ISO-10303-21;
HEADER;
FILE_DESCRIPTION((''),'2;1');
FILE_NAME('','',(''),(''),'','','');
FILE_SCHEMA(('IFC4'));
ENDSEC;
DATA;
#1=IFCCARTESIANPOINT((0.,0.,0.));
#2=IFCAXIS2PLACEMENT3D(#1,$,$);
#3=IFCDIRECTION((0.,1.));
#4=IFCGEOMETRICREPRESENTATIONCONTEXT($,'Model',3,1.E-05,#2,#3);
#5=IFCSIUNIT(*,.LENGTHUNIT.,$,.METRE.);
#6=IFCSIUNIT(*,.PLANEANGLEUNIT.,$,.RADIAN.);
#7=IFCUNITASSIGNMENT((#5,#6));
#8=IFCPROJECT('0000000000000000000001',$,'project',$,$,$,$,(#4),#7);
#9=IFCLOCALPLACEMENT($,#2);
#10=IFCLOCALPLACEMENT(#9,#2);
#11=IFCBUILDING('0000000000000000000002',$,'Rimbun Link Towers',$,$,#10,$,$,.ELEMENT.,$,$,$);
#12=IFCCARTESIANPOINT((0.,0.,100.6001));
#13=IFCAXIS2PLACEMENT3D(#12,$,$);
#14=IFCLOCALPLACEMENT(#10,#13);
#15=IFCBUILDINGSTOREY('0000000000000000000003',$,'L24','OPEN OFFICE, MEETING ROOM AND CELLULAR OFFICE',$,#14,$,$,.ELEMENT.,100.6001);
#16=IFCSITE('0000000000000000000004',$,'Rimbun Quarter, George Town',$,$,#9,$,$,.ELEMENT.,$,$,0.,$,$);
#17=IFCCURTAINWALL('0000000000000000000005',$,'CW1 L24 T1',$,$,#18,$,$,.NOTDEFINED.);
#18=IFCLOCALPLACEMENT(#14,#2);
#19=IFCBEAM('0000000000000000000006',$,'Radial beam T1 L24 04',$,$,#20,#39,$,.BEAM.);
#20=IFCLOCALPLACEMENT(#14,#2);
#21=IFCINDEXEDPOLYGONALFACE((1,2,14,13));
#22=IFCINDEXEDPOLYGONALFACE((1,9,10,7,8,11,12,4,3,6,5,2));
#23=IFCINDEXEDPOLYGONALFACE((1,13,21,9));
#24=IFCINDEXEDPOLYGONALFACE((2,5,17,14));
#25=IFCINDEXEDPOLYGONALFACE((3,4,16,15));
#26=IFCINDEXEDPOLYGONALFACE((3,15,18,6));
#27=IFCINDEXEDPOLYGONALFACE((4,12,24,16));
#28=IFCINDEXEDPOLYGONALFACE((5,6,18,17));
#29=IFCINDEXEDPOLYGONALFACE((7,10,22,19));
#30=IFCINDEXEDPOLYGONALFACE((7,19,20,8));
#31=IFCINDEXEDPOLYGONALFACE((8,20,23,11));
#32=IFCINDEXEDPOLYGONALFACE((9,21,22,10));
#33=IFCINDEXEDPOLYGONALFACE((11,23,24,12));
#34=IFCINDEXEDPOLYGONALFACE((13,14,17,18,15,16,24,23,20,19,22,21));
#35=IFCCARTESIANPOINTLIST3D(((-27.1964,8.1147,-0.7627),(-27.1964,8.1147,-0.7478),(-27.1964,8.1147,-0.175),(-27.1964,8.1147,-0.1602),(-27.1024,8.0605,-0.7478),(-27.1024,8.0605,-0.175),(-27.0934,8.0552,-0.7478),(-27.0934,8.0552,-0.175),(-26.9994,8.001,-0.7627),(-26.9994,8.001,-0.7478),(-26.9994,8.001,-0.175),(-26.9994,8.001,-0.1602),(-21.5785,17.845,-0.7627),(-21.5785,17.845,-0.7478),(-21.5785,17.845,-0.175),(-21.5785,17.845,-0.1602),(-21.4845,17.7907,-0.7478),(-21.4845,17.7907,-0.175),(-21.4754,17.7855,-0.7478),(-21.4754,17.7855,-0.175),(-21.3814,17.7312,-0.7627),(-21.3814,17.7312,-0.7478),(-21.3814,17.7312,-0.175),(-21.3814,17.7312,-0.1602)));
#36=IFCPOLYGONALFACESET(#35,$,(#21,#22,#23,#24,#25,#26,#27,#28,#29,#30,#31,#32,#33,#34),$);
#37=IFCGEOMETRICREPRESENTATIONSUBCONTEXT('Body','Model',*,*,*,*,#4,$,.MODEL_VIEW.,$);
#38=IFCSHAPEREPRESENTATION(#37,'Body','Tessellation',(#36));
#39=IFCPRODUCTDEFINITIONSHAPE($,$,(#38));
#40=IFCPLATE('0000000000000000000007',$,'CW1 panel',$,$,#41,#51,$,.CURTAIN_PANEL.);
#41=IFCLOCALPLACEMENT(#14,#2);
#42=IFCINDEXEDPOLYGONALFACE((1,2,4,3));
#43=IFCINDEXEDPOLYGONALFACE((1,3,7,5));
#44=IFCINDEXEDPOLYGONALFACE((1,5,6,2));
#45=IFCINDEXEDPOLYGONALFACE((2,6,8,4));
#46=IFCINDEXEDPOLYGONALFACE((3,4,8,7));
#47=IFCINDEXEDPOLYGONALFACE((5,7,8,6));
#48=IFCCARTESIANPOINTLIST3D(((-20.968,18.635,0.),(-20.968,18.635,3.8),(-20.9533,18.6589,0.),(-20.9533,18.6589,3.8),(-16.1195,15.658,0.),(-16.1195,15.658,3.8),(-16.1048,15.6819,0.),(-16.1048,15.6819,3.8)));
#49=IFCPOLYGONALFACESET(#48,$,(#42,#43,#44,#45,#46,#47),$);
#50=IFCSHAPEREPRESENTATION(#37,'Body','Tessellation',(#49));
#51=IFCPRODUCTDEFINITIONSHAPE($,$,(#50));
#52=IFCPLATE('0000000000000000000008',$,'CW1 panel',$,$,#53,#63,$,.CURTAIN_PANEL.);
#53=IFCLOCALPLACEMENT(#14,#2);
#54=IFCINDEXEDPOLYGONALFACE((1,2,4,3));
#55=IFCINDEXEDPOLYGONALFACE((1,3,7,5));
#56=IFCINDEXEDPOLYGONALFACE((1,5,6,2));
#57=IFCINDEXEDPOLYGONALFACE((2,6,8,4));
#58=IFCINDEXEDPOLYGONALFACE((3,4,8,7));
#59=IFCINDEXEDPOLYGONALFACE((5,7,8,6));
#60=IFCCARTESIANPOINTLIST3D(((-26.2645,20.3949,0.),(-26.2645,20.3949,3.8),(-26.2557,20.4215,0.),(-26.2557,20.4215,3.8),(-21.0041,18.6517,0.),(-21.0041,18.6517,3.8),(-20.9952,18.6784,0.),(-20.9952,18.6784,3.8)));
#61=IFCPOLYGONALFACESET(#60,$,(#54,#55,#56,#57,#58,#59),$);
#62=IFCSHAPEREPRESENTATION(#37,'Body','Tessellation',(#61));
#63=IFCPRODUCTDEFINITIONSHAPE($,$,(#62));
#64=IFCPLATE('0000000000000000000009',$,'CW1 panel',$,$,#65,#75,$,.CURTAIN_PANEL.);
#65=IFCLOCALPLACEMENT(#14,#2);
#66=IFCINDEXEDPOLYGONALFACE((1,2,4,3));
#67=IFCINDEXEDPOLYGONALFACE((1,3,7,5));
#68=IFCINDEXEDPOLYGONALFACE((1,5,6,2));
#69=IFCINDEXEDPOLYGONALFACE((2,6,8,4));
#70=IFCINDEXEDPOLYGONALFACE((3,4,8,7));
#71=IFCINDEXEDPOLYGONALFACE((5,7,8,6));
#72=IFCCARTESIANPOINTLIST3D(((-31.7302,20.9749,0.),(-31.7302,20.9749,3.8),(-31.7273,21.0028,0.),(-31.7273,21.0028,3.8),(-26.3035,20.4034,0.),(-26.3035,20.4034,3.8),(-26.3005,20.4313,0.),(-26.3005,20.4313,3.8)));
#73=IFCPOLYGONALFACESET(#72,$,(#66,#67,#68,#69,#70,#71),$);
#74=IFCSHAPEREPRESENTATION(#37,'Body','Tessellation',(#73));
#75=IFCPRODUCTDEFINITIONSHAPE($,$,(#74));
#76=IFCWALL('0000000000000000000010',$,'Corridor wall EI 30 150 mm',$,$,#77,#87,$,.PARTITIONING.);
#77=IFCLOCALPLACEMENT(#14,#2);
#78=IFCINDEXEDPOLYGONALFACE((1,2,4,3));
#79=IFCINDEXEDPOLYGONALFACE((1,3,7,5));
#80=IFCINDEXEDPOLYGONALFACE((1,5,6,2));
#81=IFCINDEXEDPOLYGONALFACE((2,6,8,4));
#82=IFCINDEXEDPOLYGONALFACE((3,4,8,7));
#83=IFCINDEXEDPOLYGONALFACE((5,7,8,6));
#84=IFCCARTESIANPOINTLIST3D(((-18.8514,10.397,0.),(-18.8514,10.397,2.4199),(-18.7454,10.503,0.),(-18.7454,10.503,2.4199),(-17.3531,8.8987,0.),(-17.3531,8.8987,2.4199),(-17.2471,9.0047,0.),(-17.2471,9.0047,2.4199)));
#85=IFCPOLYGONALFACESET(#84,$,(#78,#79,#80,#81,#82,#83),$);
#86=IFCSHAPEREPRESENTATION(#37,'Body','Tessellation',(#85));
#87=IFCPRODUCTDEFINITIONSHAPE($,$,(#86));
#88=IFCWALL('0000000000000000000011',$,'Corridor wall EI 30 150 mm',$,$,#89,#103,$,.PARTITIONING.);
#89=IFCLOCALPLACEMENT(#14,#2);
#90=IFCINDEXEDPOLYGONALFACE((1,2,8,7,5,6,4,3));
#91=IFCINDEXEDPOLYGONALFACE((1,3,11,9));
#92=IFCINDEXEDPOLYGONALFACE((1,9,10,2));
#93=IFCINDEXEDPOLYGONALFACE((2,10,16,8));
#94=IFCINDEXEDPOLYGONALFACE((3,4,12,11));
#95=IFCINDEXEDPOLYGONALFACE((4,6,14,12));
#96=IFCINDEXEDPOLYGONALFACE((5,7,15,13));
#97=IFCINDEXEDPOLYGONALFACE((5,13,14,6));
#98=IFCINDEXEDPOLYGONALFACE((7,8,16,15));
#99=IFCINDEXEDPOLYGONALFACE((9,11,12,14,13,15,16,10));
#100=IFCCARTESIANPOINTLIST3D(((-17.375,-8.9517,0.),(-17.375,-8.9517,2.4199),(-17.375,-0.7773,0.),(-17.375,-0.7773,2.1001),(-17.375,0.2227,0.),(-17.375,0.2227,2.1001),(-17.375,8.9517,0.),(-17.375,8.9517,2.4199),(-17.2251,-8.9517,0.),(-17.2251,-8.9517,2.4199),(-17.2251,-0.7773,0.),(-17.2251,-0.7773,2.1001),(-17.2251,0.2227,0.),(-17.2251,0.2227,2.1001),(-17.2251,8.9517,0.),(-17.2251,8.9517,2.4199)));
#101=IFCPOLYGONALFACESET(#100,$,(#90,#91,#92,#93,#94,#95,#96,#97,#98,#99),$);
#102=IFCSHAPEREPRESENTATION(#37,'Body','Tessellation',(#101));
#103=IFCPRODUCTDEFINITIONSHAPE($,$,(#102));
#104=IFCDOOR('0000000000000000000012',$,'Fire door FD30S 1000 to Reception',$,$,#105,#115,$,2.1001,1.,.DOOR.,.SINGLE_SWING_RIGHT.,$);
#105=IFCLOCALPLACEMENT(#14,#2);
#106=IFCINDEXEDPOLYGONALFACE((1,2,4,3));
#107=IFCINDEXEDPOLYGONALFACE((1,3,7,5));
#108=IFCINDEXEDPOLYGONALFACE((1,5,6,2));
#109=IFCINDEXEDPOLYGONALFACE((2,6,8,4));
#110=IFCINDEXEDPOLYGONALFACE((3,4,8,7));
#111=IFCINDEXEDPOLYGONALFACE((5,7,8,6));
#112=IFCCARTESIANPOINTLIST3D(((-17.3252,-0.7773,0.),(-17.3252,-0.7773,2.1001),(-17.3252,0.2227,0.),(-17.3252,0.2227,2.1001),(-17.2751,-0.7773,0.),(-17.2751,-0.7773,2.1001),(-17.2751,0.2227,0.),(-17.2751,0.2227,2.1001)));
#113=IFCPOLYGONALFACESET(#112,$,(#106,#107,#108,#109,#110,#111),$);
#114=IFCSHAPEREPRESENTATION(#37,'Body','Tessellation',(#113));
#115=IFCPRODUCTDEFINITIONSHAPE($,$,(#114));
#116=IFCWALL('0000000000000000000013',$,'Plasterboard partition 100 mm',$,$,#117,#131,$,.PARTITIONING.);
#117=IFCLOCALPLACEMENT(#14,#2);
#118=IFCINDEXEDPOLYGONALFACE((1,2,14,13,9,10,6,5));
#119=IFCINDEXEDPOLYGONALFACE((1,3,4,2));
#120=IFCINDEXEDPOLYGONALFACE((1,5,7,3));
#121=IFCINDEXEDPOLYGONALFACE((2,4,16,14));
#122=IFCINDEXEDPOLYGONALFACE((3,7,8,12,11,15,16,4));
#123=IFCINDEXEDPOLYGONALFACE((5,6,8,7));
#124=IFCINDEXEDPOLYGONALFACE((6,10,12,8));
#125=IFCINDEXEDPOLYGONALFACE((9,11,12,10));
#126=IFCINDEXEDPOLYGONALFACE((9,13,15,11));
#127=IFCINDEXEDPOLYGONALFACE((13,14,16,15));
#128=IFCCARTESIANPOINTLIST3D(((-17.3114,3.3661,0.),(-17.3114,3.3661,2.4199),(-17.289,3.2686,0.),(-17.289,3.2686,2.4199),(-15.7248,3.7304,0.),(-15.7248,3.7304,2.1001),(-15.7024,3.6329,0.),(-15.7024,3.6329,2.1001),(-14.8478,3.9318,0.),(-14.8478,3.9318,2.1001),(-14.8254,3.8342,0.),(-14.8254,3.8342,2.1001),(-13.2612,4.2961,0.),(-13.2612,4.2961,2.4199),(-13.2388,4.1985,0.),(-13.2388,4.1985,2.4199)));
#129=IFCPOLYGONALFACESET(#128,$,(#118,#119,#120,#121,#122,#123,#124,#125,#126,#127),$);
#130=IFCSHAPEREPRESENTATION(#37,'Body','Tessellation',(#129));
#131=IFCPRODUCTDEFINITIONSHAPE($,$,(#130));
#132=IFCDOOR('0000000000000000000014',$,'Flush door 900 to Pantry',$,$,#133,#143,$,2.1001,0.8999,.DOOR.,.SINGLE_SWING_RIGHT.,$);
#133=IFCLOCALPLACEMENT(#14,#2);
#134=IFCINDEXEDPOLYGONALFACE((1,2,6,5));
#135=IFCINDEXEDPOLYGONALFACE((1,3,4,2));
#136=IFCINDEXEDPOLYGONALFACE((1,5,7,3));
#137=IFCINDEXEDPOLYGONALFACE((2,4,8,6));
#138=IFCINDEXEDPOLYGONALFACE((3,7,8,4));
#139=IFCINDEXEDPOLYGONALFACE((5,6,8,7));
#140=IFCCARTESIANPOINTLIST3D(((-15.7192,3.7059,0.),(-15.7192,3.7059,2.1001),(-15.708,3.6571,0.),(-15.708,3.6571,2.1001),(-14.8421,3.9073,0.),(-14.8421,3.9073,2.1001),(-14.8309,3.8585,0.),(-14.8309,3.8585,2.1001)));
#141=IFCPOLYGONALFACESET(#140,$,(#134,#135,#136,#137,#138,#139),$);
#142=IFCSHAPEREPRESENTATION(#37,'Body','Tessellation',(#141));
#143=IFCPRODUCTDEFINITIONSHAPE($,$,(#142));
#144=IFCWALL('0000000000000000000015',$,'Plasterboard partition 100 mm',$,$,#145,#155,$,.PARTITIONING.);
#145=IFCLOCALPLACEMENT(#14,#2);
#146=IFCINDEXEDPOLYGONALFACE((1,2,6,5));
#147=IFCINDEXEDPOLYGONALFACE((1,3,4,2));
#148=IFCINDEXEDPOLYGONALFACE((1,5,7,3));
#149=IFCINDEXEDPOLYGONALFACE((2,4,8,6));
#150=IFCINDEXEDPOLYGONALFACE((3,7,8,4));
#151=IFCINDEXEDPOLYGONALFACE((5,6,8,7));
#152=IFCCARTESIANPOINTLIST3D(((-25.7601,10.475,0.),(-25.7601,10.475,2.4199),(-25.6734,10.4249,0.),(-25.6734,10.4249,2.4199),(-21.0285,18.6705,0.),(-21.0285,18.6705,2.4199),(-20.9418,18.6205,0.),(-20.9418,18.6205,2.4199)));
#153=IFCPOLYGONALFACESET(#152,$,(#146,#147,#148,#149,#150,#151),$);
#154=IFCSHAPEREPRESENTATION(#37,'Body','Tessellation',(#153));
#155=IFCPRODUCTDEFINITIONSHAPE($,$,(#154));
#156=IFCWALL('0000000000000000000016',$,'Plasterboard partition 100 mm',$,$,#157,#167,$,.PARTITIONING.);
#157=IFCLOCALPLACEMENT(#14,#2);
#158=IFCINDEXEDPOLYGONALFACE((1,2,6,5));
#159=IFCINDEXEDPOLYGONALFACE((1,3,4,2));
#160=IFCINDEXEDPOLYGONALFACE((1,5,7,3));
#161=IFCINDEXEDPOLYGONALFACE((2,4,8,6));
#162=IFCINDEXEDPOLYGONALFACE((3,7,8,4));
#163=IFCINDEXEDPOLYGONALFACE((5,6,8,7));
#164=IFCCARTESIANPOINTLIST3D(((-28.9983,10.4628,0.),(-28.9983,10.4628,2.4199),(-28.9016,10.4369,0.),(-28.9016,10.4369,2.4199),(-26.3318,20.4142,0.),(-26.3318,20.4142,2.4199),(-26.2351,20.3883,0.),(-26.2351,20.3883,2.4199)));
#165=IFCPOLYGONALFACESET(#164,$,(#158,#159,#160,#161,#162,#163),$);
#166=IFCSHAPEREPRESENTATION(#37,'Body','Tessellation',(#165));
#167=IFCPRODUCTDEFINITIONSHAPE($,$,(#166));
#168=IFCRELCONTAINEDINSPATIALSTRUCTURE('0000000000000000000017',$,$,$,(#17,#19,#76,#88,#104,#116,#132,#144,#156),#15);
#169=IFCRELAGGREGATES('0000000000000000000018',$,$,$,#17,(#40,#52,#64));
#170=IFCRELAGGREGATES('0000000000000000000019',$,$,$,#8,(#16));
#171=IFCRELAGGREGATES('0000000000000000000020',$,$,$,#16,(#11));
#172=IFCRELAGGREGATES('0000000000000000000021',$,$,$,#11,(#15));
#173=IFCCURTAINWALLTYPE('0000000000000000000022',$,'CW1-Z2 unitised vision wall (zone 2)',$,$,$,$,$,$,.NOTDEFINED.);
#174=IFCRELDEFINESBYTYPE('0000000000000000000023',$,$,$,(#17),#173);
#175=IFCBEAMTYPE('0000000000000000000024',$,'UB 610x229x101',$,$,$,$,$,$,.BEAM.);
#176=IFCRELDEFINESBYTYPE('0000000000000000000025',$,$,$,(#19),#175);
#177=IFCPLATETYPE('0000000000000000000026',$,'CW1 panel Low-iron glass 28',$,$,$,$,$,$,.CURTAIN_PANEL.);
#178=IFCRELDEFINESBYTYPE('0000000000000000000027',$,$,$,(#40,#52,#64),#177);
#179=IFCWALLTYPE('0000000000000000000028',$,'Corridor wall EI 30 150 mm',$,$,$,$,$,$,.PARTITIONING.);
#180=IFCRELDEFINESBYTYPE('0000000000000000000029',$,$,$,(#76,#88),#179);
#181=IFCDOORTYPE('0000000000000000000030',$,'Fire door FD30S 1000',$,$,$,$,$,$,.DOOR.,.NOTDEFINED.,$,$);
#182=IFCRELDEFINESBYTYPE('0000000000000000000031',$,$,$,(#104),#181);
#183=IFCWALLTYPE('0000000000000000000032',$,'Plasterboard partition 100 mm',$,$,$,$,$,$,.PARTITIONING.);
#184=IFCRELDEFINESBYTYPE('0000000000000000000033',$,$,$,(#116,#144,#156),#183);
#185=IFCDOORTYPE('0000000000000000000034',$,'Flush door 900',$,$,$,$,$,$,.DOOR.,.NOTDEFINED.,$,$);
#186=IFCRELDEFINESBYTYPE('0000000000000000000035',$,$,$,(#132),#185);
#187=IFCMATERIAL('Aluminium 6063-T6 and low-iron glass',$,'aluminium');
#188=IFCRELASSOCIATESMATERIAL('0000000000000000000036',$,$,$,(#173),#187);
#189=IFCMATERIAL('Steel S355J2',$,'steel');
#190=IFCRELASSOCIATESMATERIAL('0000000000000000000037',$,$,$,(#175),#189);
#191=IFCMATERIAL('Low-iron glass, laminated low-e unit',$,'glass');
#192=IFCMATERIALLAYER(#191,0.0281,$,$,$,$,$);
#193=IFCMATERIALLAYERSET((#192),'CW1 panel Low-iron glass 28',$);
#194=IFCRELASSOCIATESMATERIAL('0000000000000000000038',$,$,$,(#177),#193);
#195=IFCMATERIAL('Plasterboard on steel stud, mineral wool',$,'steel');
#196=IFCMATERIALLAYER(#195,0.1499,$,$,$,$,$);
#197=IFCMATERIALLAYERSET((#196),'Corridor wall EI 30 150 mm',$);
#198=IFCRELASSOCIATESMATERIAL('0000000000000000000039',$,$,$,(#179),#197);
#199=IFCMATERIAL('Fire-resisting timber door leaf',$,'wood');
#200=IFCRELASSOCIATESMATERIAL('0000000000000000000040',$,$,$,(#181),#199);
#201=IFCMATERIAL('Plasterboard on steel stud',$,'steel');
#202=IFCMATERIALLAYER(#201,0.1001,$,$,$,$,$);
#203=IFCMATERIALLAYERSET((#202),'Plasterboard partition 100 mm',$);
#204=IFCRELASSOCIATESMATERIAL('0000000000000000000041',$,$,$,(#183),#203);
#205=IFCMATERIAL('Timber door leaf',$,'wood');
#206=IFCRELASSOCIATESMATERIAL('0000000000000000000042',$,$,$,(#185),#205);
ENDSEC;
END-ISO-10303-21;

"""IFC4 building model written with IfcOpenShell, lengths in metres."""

from ifc_helpers import new_model, si_unit, direction, frame, frame_2d, origin, origin_2d, place, context, subcontext, project, spatial, rectangle, i_section, extrude, material, layer, layer_set, material_profile, profile_set, type_object, element, fill, aggregate, save


model = new_model("IFC4")

# Units and contexts
model_context = context("Model", 3, precision=1e-05, world=origin(), true_north=direction((0.0, 1.0)))
body_context = subcontext(model_context, "Body", "Model", "MODEL_VIEW")
ifc_project = project(units=[si_unit("LENGTHUNIT", "METRE"), si_unit("PLANEANGLEUNIT", "RADIAN")], contexts=[model_context])

# Site, building, storey
site_placement = place(None, origin())
site = spatial("IfcSite", under=ifc_project, at=site_placement, Name="Rimbun Quarter, George Town", CompositionType="ELEMENT", RefElevation=0.0)
building_placement = place(site_placement, origin())
building = spatial("IfcBuilding", under=site, at=building_placement, Name="Rimbun Link Towers", CompositionType="ELEMENT")
storey_placement = place(building_placement, frame((0.0, 0.0, 100.6001)))
storey = spatial("IfcBuildingStorey", under=building, at=storey_placement, Name="L24", Description="OPEN OFFICE, MEETING ROOM AND CELLULAR OFFICE", CompositionType="ELEMENT", Elevation=100.6001)

# Curtain wall
ifc_material_1 = material(Name="Aluminium 6063-T6 and low-iron glass", Category="aluminium")
curtain_wall_type = type_object("IfcCurtainWallType", Name="CW1-Z2 unitised vision wall (zone 2)", PredefinedType="NOTDEFINED", material=ifc_material_1)
curtain_wall_placement = place(storey_placement, origin())
curtain_wall = element("IfcCurtainWall", 1, at=curtain_wall_placement, inside=storey, type_object=curtain_wall_type, Name="CW1 L24 T1", PredefinedType="NOTDEFINED")

# Beam
ifc_material_2 = material(Name="Steel S355J2", Category="steel")
ifc_material_profile_1 = material_profile(ifc_material_2, i_section(OverallWidth=0.2275, OverallDepth=0.6025, WebThickness=0.0105, FlangeThickness=0.0149, at=origin_2d()), Name="UB 610x229x101")
ifc_profile_set_1 = profile_set([ifc_material_profile_1], Name="Steel S355J2")
beam_type_1 = type_object("IfcBeamType", Name="UB 610x229x101", PredefinedType="BEAM", material=ifc_profile_set_1)
beam_1_placement = place(storey_placement, frame((-27.0979, 8.0579, -0.4614), z_axis=(0.500011, 0.866019, 0.0), x_axis=(-0.866019, 0.500011, 0.0)))
element("IfcBeam", 2, at=beam_1_placement, inside=storey, type_object=beam_type_1, Name="Radial beam T1 L24 04", PredefinedType="BEAM", context=body_context, shape_type="SweptSolid", body=[
    extrude(i_section(OverallWidth=0.2275, OverallDepth=0.6025, WebThickness=0.0105, FlangeThickness=0.0149, at=origin_2d()), origin(), (0.0, 0.0, 1.0), 11.2356),
])

# Plates
ifc_material_3 = material(Name="Low-iron glass, laminated low-e unit", Category="glass")
ifc_layer_1 = layer(ifc_material_3, 0.0281)
ifc_layer_set_1 = layer_set([ifc_layer_1], Name="CW1 panel Low-iron glass 28")
plate_type = type_object("IfcPlateType", Name="CW1 panel Low-iron glass 28", PredefinedType="CURTAIN_PANEL", material=ifc_layer_set_1)
plate_1_placement = place(storey_placement, frame((-18.5364, 17.1584, 0.0), z_axis=(0.0, 0.0, 1.0), x_axis=(0.852186, -0.523239, 0.0)))
plate_1 = element("IfcPlate", 3, at=plate_1_placement, type_object=plate_type, Name="CW1 panel", PredefinedType="CURTAIN_PANEL", context=body_context, shape_type="SweptSolid", body=[
    extrude(rectangle(XDim=5.6895, YDim=0.0281, at=origin_2d()), origin(), (0.0, 0.0, 1.0), 3.8),
])
plate_2_placement = place(storey_placement, frame((-23.6299, 19.5366, 0.0), z_axis=(0.0, 0.0, 1.0), x_axis=(0.949239, -0.314556, 0.0)))
plate_2 = element("IfcPlate", 4, at=plate_2_placement, type_object=plate_type, Name="CW1 panel", PredefinedType="CURTAIN_PANEL", context=body_context, shape_type="SweptSolid", body=[
    extrude(rectangle(XDim=5.5417, YDim=0.0281, at=origin_2d()), origin(), (0.0, 0.0, 1.0), 3.8),
])
plate_3_placement = place(storey_placement, frame((-29.0154, 20.7031, 0.0), z_axis=(0.0, 0.0, 1.0), x_axis=(0.9945, -0.104735, 0.0)))
plate_3 = element("IfcPlate", 5, at=plate_3_placement, type_object=plate_type, Name="CW1 panel", PredefinedType="CURTAIN_PANEL", context=body_context, shape_type="SweptSolid", body=[
    extrude(rectangle(XDim=5.4568, YDim=0.0281, at=origin_2d()), origin(), (0.0, 0.0, 1.0), 3.8),
])
aggregate(curtain_wall, [plate_1, plate_2, plate_3])

# Wall
ifc_material_4 = material(Name="Plasterboard on steel stud, mineral wool", Category="steel")
ifc_layer_2 = layer(ifc_material_4, 0.1499)
ifc_layer_set_2 = layer_set([ifc_layer_2], Name="Corridor wall EI 30 150 mm")
wall_type_1 = type_object("IfcWallType", Name="Corridor wall EI 30 150 mm", PredefinedType="PARTITIONING", material=ifc_layer_set_2)
wall_1_placement = place(storey_placement, frame((-17.3, 8.9517, 0.0), z_axis=(0.0, 0.0, 1.0), x_axis=(-0.707107, 0.707107, 0.0)))
element("IfcWall", 6, at=wall_1_placement, inside=storey, type_object=wall_type_1, Name="Corridor wall EI 30 150 mm", PredefinedType="PARTITIONING", context=body_context, shape_type="SweptSolid", body=[
    extrude(rectangle(XDim=2.1189, YDim=0.1499, at=frame_2d((1.0596, 0.0))), origin(), (0.0, 0.0, 1.0), 2.4199),
])

# Walls, openings, doors
wall_2_placement = place(storey_placement, frame((-17.3, 8.9517, 0.0), z_axis=(0.0, 0.0, 1.0), x_axis=(0.0, -1.0, 0.0)))
wall_2 = element("IfcWall", 7, at=wall_2_placement, inside=storey, type_object=wall_type_1, Name="Corridor wall EI 30 150 mm", PredefinedType="PARTITIONING", context=body_context, shape_type="SweptSolid", body=[
    extrude(rectangle(XDim=17.9033, YDim=0.1499, at=frame_2d((8.9517, 0.0))), origin(), (0.0, 0.0, 1.0), 2.4199),
])
opening_1_placement = place(wall_2_placement, frame((8.729, 0.0, 0.0)))
opening_1 = element("IfcOpeningElement", 8, at=opening_1_placement, cuts=wall_2, PredefinedType="OPENING", context=body_context, shape_type="SweptSolid", body=[
    extrude(rectangle(XDim=1.0, YDim=2.1001, at=frame_2d((0.5, 1.05))), frame((0.0, 0.085, 0.0), z_axis=(0.0, -1.0, 0.0), x_axis=(1.0, 0.0, 0.0)), (0.0, 0.0, 1.0), 0.1699),
])
ifc_material_5 = material(Name="Fire-resisting timber door leaf", Category="wood")
door_type_1 = type_object("IfcDoorType", Name="Fire door FD30S 1000", OperationType="NOTDEFINED", PredefinedType="DOOR", material=ifc_material_5)
door_1_placement = place(opening_1_placement, origin())
door_1 = element("IfcDoor", 9, at=door_1_placement, inside=storey, type_object=door_type_1, Name="Fire door FD30S 1000 to Reception", OperationType="SINGLE_SWING_RIGHT", OverallHeight=2.1001, OverallWidth=1.0, PredefinedType="DOOR", context=body_context, shape_type="SweptSolid", body=[
    extrude(rectangle(XDim=1.0, YDim=2.1001, at=frame_2d((0.5, 1.05))), frame((0.0, 0.0249, 0.0), z_axis=(0.0, -1.0, 0.0), x_axis=(1.0, 0.0, 0.0)), (0.0, 0.0, 1.0), 0.05),
])
fill(opening_1, door_1)
ifc_material_6 = material(Name="Plasterboard on steel stud", Category="steel")
ifc_layer_3 = layer(ifc_material_6, 0.1001)
ifc_layer_set_3 = layer_set([ifc_layer_3], Name="Plasterboard partition 100 mm")
wall_type_2 = type_object("IfcWallType", Name="Plasterboard partition 100 mm", PredefinedType="PARTITIONING", material=ifc_layer_set_3)
wall_3_placement = place(storey_placement, frame((-17.3, 3.3174, 0.0), z_axis=(0.0, 0.0, 1.0), x_axis=(0.974638, 0.223787, 0.0)))
wall_3 = element("IfcWall", 10, at=wall_3_placement, inside=storey, type_object=wall_type_2, Name="Plasterboard partition 100 mm", PredefinedType="PARTITIONING", context=body_context, shape_type="SweptSolid", body=[
    extrude(rectangle(XDim=4.1555, YDim=0.1001, at=frame_2d((2.0776, 0.0))), origin(), (0.0, 0.0, 1.0), 2.4199),
])
opening_2_placement = place(wall_3_placement, frame((1.6277, 0.0, 0.0)))
opening_2 = element("IfcOpeningElement", 11, at=opening_2_placement, cuts=wall_3, PredefinedType="OPENING", context=body_context, shape_type="SweptSolid", body=[
    extrude(rectangle(XDim=0.8999, YDim=2.1001, at=frame_2d((0.45, 1.05))), frame((0.0, 0.0601, 0.0), z_axis=(0.0, -1.0, 0.0), x_axis=(1.0, 0.0, 0.0)), (0.0, 0.0, 1.0), 0.1201),
])
ifc_material_7 = material(Name="Timber door leaf", Category="wood")
door_type_2 = type_object("IfcDoorType", Name="Flush door 900", OperationType="NOTDEFINED", PredefinedType="DOOR", material=ifc_material_7)
door_2_placement = place(opening_2_placement, origin())
door_2 = element("IfcDoor", 12, at=door_2_placement, inside=storey, type_object=door_type_2, Name="Flush door 900 to Pantry", OperationType="SINGLE_SWING_RIGHT", OverallHeight=2.1001, OverallWidth=0.8999, PredefinedType="DOOR", context=body_context, shape_type="SweptSolid", body=[
    extrude(rectangle(XDim=0.8999, YDim=2.1001, at=frame_2d((0.45, 1.05))), frame((0.0, 0.0249, 0.0), z_axis=(0.0, -1.0, 0.0), x_axis=(1.0, 0.0, 0.0)), (0.0, 0.0, 1.0), 0.05),
])
fill(opening_2, door_2)

# Walls
wall_4_placement = place(storey_placement, frame((-20.9851, 18.6455, 0.0), z_axis=(0.0, 0.0, 1.0), x_axis=(-0.499999, -0.866026, 0.0)))
element("IfcWall", 13, at=wall_4_placement, inside=storey, type_object=wall_type_2, Name="Plasterboard partition 100 mm", PredefinedType="PARTITIONING", context=body_context, shape_type="SweptSolid", body=[
    extrude(rectangle(XDim=9.4634, YDim=0.1001, at=frame_2d((4.7317, 0.0))), origin(), (0.0, 0.0, 1.0), 2.4199),
])
wall_5_placement = place(storey_placement, frame((-26.2834, 20.4014, 0.0), z_axis=(0.0, 0.0, 1.0), x_axis=(-0.258822, -0.965925, 0.0)))
element("IfcWall", 14, at=wall_5_placement, inside=storey, type_object=wall_type_2, Name="Plasterboard partition 100 mm", PredefinedType="PARTITIONING", context=body_context, shape_type="SweptSolid", body=[
    extrude(rectangle(XDim=10.3025, YDim=0.1001, at=frame_2d((5.1514, 0.0))), origin(), (0.0, 0.0, 1.0), 2.4199),
])

save(model, "model.ifc")
